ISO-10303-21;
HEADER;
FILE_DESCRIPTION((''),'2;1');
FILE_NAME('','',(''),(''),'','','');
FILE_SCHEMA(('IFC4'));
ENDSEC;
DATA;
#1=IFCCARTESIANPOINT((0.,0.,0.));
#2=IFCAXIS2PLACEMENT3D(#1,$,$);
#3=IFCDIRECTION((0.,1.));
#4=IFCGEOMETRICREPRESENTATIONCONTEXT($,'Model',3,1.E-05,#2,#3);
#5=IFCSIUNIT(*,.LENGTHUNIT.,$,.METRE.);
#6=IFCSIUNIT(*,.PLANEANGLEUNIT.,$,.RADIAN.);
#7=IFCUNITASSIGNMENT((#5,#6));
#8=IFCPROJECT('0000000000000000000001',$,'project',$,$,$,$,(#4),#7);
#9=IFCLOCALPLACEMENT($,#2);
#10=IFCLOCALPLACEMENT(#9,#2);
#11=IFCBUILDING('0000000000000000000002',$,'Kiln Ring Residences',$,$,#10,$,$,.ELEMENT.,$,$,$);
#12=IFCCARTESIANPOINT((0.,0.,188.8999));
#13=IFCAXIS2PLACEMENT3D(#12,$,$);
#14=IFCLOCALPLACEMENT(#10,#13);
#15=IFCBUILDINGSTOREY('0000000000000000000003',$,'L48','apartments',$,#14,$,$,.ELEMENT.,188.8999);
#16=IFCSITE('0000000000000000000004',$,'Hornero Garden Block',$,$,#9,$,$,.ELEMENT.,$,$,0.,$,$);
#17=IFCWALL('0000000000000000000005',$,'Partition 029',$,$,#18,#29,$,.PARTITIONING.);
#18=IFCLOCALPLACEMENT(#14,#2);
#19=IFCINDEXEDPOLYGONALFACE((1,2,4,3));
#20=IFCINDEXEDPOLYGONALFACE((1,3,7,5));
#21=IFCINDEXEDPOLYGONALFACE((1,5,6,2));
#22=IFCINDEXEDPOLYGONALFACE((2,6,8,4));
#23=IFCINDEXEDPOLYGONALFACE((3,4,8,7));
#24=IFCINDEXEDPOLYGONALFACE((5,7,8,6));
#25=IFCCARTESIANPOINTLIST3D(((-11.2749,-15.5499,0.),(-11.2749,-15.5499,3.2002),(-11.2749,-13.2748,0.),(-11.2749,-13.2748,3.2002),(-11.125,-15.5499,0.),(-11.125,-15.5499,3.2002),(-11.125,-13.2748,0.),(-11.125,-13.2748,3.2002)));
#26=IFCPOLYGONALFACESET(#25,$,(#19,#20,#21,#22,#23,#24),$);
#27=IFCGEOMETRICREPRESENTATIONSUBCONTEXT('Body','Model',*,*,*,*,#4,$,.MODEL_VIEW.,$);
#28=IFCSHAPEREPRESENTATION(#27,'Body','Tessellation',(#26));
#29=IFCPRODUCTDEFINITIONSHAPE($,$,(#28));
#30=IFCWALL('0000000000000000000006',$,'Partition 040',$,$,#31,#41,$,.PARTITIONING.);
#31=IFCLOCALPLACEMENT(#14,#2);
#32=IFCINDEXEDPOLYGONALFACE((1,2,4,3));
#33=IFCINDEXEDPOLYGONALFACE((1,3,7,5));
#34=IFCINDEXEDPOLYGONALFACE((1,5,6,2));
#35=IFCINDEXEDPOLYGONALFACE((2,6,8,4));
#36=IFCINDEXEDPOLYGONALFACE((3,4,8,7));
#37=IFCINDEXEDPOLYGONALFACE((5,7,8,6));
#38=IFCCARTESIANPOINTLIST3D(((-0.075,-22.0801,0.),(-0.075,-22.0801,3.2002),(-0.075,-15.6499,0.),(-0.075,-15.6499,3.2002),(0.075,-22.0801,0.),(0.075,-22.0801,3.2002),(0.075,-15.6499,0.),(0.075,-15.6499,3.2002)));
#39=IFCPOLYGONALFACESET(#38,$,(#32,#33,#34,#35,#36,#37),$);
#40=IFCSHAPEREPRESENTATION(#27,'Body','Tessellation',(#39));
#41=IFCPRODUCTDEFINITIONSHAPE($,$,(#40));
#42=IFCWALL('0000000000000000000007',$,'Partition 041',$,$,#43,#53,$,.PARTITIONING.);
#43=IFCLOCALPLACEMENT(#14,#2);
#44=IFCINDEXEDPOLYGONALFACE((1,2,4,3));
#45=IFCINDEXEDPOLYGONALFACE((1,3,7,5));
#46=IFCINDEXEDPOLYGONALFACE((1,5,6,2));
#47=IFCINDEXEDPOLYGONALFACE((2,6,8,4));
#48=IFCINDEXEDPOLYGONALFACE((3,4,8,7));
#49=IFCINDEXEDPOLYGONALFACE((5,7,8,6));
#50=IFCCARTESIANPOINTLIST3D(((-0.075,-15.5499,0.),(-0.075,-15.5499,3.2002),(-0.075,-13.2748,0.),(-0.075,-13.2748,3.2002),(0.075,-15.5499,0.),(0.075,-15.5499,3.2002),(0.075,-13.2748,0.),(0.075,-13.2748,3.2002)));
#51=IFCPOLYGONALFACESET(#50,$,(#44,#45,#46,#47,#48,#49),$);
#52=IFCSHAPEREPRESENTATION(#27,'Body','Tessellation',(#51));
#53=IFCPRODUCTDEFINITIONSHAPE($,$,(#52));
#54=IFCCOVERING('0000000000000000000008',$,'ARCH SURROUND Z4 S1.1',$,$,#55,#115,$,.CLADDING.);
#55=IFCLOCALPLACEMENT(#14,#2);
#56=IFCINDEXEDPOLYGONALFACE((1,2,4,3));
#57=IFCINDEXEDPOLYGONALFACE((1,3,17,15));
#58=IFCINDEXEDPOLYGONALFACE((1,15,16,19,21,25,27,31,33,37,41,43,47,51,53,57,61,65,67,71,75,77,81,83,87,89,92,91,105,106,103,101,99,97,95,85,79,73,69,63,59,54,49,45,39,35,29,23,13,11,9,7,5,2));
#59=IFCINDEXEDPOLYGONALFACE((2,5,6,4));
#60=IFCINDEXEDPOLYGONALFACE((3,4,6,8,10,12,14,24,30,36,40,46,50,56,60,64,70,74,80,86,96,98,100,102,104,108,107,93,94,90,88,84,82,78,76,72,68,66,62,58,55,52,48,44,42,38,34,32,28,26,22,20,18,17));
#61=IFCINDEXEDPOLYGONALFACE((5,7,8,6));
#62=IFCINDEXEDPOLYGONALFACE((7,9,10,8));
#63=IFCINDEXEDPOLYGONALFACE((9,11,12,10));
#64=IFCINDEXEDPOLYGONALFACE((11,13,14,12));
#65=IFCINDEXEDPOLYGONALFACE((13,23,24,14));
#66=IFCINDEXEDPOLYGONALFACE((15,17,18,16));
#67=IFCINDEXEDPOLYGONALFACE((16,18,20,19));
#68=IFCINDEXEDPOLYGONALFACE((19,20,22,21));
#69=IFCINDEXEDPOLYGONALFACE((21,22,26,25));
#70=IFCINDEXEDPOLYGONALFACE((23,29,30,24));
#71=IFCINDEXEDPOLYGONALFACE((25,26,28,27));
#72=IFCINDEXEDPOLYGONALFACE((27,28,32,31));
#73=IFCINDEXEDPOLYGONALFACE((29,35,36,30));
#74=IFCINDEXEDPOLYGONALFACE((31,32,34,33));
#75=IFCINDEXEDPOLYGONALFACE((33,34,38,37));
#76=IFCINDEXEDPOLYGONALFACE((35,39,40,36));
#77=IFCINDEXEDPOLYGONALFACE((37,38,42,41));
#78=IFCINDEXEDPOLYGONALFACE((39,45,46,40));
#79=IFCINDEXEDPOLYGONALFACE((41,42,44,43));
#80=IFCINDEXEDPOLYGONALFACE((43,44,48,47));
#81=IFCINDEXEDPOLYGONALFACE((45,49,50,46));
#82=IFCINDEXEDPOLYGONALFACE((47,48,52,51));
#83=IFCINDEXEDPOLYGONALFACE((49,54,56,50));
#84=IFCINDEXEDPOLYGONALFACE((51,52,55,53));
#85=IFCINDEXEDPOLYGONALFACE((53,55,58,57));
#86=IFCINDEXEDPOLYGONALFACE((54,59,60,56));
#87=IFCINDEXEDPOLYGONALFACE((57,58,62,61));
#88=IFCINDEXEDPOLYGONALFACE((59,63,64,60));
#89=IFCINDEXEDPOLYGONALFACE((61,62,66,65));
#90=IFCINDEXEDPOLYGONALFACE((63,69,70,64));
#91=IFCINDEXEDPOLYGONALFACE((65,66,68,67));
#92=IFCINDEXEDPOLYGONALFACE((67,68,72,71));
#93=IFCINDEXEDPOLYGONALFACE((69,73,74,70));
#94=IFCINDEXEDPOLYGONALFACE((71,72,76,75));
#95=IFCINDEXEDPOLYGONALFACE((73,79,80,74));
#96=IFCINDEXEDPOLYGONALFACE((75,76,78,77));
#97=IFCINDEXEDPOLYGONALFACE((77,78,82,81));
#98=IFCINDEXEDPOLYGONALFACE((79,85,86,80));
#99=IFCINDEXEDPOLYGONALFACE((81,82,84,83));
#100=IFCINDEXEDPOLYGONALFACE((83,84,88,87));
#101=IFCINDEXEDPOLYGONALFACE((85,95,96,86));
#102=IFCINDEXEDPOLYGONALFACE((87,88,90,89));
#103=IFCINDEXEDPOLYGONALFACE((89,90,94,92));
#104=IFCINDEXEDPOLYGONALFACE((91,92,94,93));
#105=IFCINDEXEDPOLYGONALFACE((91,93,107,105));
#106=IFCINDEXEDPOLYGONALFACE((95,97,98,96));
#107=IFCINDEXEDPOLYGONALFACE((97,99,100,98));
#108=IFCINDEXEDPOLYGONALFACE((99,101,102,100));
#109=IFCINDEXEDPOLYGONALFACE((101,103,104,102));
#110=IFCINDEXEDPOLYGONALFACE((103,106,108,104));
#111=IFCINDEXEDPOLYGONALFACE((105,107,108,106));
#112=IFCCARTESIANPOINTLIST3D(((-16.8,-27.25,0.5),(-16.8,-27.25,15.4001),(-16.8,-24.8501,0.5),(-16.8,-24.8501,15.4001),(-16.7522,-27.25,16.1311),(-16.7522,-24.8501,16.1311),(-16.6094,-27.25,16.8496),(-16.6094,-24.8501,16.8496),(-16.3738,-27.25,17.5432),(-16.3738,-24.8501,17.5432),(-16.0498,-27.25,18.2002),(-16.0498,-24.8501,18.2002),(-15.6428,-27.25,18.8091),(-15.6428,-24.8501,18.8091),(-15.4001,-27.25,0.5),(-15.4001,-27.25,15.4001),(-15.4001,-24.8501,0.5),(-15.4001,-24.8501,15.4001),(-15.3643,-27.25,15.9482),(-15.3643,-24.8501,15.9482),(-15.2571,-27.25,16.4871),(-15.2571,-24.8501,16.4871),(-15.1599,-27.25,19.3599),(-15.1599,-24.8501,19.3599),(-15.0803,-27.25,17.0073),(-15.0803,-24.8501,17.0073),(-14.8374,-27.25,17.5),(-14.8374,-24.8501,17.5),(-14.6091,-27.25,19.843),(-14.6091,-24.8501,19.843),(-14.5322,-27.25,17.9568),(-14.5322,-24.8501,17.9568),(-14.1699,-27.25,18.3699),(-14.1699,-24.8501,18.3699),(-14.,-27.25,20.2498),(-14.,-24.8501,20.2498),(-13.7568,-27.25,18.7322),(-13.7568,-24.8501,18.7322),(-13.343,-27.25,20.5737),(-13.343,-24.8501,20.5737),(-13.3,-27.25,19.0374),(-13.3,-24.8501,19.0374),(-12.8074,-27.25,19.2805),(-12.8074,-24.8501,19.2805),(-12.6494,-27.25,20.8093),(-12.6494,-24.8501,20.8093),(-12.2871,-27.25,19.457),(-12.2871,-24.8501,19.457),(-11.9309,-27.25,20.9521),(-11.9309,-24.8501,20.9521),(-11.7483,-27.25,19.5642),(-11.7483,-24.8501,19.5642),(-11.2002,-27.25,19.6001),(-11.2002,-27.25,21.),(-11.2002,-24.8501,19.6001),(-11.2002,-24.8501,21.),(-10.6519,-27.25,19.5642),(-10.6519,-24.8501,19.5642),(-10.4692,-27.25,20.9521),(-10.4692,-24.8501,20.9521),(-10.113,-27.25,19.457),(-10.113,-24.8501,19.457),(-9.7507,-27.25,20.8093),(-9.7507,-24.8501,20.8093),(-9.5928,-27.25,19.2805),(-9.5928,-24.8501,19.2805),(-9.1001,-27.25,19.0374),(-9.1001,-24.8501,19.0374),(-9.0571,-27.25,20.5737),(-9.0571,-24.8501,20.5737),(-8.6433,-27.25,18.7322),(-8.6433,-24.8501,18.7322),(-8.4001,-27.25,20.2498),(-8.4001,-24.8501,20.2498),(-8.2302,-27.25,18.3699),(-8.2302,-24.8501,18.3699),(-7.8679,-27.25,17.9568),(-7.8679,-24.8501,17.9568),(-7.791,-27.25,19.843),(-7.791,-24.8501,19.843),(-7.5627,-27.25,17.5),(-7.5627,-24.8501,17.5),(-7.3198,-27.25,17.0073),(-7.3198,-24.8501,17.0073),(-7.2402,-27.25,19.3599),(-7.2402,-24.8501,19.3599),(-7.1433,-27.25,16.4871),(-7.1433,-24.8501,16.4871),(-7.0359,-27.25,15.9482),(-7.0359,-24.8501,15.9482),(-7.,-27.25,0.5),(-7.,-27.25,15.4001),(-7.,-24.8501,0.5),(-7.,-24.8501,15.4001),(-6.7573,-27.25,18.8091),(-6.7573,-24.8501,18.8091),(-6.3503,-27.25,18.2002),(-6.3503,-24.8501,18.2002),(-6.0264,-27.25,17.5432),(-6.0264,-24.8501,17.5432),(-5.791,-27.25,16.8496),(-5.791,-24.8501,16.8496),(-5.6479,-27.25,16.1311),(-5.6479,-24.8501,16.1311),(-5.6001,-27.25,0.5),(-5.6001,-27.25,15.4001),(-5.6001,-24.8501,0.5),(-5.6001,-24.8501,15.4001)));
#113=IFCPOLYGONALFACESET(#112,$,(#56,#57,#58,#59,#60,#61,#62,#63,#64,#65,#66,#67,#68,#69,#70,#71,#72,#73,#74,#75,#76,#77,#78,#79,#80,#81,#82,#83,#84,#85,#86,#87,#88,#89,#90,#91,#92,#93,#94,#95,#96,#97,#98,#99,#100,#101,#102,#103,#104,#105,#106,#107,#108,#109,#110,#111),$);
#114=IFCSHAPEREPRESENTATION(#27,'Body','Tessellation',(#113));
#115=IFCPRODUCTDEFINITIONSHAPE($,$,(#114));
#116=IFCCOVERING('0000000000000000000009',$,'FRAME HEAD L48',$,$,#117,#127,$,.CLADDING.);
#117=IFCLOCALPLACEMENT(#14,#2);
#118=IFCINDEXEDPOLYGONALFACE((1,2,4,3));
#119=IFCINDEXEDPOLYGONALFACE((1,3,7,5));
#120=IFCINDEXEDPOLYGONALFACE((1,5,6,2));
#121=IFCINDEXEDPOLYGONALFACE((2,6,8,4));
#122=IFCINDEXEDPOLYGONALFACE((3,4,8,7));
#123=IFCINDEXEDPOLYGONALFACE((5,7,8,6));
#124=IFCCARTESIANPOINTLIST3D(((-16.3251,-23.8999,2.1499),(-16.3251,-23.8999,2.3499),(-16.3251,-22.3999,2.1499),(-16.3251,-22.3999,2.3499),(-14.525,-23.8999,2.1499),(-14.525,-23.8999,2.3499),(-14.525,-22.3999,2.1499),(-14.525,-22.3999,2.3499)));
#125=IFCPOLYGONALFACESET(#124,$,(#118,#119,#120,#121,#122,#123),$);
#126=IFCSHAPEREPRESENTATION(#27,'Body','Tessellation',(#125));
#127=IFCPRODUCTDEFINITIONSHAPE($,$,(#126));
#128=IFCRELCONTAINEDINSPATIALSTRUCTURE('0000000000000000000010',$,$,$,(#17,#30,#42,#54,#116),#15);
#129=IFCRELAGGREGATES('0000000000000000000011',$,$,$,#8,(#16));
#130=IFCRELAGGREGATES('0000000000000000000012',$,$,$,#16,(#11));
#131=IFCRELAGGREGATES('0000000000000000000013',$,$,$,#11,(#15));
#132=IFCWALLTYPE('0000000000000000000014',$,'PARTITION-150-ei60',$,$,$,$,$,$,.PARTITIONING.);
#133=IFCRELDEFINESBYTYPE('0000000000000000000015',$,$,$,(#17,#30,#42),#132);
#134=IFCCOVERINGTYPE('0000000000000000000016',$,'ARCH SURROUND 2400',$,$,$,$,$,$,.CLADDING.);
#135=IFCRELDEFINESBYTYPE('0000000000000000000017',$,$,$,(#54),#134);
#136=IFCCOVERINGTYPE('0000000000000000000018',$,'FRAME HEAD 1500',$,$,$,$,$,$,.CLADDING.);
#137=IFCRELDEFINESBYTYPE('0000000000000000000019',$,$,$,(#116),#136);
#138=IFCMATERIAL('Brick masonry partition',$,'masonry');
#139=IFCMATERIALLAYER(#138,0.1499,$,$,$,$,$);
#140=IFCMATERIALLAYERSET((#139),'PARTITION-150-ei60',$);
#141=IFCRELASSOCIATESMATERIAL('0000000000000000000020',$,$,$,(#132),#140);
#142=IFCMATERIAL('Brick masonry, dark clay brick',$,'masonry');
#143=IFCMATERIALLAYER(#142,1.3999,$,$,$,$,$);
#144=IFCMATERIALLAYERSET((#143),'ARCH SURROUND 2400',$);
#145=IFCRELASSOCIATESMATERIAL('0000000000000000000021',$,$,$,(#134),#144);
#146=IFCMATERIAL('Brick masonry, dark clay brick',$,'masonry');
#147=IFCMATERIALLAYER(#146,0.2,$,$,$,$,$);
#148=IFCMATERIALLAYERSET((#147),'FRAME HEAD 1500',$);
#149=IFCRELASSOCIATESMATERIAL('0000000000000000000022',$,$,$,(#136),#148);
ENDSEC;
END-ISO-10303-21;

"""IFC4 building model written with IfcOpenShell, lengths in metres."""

from ifc_helpers import new_model, si_unit, direction, frame, frame_2d, origin, origin_2d, place, context, subcontext, project, spatial, polyline, rectangle, outline, extrude, material, layer, layer_set, type_object, element, save


model = new_model("IFC4")

# Units and contexts
model_context = context("Model", 3, precision=1e-05, world=origin(), true_north=direction((0.0, 1.0)))
body_context = subcontext(model_context, "Body", "Model", "MODEL_VIEW")
ifc_project = project(units=[si_unit("LENGTHUNIT", "METRE"), si_unit("PLANEANGLEUNIT", "RADIAN")], contexts=[model_context])

# Site, building, storey
site_placement = place(None, origin())
site = spatial("IfcSite", under=ifc_project, at=site_placement, Name="Hornero Garden Block", CompositionType="ELEMENT", RefElevation=0.0)
building_placement = place(site_placement, origin())
building = spatial("IfcBuilding", under=site, at=building_placement, Name="Kiln Ring Residences", CompositionType="ELEMENT")
storey_placement = place(building_placement, frame((0.0, 0.0, 188.8999)))
storey = spatial("IfcBuildingStorey", under=building, at=storey_placement, Name="L48", Description="apartments", CompositionType="ELEMENT", Elevation=188.8999)

# Walls
ifc_material_1 = material(Name="Brick masonry partition", Category="masonry")
ifc_layer_1 = layer(ifc_material_1, 0.1499)
ifc_layer_set_1 = layer_set([ifc_layer_1], Name="PARTITION-150-ei60")
wall_type_1 = type_object("IfcWallType", Name="PARTITION-150-ei60", PredefinedType="PARTITIONING", material=ifc_layer_set_1)
wall_1_placement = place(storey_placement, frame((-11.2, -15.55, 0.0), z_axis=(0.0, 0.0, 1.0), x_axis=(0.0, 1.0, 0.0)))
element("IfcWall", 1, at=wall_1_placement, inside=storey, type_object=wall_type_1, Name="Partition 029", PredefinedType="PARTITIONING", context=body_context, shape_type="SweptSolid", body=[
    extrude(rectangle(XDim=2.2751, YDim=0.1499, at=frame_2d((1.1377, 0.0))), origin(), (0.0, 0.0, 1.0), 3.2002),
])
wall_2_placement = place(storey_placement, frame((0.0, -22.0801, 0.0), z_axis=(0.0, 0.0, 1.0), x_axis=(0.0, 1.0, 0.0)))
element("IfcWall", 2, at=wall_2_placement, inside=storey, type_object=wall_type_1, Name="Partition 040", PredefinedType="PARTITIONING", context=body_context, shape_type="SweptSolid", body=[
    extrude(rectangle(XDim=6.4302, YDim=0.1499, at=frame_2d((3.2151, 0.0))), origin(), (0.0, 0.0, 1.0), 3.2002),
])
wall_3_placement = place(storey_placement, frame((0.0, -15.55, 0.0), z_axis=(0.0, 0.0, 1.0), x_axis=(0.0, 1.0, 0.0)))
element("IfcWall", 3, at=wall_3_placement, inside=storey, type_object=wall_type_1, Name="Partition 041", PredefinedType="PARTITIONING", context=body_context, shape_type="SweptSolid", body=[
    extrude(rectangle(XDim=2.2751, YDim=0.1499, at=frame_2d((1.1377, 0.0))), origin(), (0.0, 0.0, 1.0), 3.2002),
])

# Coverings
ifc_material_2 = material(Name="Brick masonry, dark clay brick", Category="masonry")
ifc_layer_2 = layer(ifc_material_2, 1.3999)
ifc_layer_set_2 = layer_set([ifc_layer_2], Name="ARCH SURROUND 2400")
covering_type_1 = type_object("IfcCoveringType", Name="ARCH SURROUND 2400", PredefinedType="CLADDING", material=ifc_layer_set_2)
covering_1_placement = place(storey_placement, frame((-5.6001, -26.05, 0.5), z_axis=(0.0, 0.0, 1.0), x_axis=(-1.0, 0.0, 0.0)))
element("IfcCovering", 4, at=covering_1_placement, inside=storey, type_object=covering_type_1, Name="ARCH SURROUND Z4 S1.1", PredefinedType="CLADDING", context=body_context, shape_type="SweptSolid", body=[
    extrude(outline(polyline([(11.2, 0.0), (11.2, 14.9001), (11.1521, 15.6311), (11.0093, 16.3496), (10.7737, 17.0432), (10.4497, 17.7002), (10.0427, 18.3091), (9.5598, 18.8599), (9.009, 19.343), (8.3999, 19.7498), (7.7429, 20.0737), (7.0493, 20.3093), (6.3308, 20.4521), (5.6001, 20.5), (4.8691, 20.4521), (4.1506, 20.3093), (3.457, 20.0737), (2.8, 19.7498), (2.1909, 19.343), (1.6401, 18.8599), (1.1572, 18.3091), (0.7502, 17.7002), (0.4263, 17.0432), (0.1909, 16.3496), (0.0479, 15.6311), (0.0, 14.9001), (0.0, 0.0), (1.3999, 0.0), (1.3999, 14.9001), (1.4358, 15.4482), (1.5432, 15.9871), (1.7197, 16.5073), (1.9626, 17.0), (2.2678, 17.4568), (2.6301, 17.8699), (3.0432, 18.2322), (3.5, 18.5374), (3.9927, 18.7805), (4.5129, 18.957), (5.0518, 19.0642), (5.6001, 19.1001), (6.1482, 19.0642), (6.687, 18.957), (7.2073, 18.7805), (7.7, 18.5374), (8.1567, 18.2322), (8.5698, 17.8699), (8.9321, 17.4568), (9.2373, 17.0), (9.4802, 16.5073), (9.657, 15.9871), (9.7642, 15.4482), (9.8, 14.9001), (9.8, 0.0), (11.2, 0.0)])), frame((0.0, 1.2, 0.0), z_axis=(0.0, -1.0, 0.0), x_axis=(1.0, 0.0, 0.0)), (0.0, 0.0, 1.0), 2.3999),
])
ifc_material_3 = material(Name="Brick masonry, dark clay brick", Category="masonry")
ifc_layer_3 = layer(ifc_material_3, 0.2)
ifc_layer_set_3 = layer_set([ifc_layer_3], Name="FRAME HEAD 1500")
covering_type_2 = type_object("IfcCoveringType", Name="FRAME HEAD 1500", PredefinedType="CLADDING", material=ifc_layer_set_3)
covering_2_placement = place(storey_placement, frame((-15.425, -23.1499, 2.1499), z_axis=(0.0, 0.0, 1.0), x_axis=(1.0, 0.0, 0.0)))
element("IfcCovering", 5, at=covering_2_placement, inside=storey, type_object=covering_type_2, Name="FRAME HEAD L48", PredefinedType="CLADDING", context=body_context, shape_type="SweptSolid", body=[
    extrude(rectangle(XDim=1.8, YDim=1.5, at=origin_2d()), origin(), (0.0, 0.0, 1.0), 0.2),
])

save(model, "model.ifc")
